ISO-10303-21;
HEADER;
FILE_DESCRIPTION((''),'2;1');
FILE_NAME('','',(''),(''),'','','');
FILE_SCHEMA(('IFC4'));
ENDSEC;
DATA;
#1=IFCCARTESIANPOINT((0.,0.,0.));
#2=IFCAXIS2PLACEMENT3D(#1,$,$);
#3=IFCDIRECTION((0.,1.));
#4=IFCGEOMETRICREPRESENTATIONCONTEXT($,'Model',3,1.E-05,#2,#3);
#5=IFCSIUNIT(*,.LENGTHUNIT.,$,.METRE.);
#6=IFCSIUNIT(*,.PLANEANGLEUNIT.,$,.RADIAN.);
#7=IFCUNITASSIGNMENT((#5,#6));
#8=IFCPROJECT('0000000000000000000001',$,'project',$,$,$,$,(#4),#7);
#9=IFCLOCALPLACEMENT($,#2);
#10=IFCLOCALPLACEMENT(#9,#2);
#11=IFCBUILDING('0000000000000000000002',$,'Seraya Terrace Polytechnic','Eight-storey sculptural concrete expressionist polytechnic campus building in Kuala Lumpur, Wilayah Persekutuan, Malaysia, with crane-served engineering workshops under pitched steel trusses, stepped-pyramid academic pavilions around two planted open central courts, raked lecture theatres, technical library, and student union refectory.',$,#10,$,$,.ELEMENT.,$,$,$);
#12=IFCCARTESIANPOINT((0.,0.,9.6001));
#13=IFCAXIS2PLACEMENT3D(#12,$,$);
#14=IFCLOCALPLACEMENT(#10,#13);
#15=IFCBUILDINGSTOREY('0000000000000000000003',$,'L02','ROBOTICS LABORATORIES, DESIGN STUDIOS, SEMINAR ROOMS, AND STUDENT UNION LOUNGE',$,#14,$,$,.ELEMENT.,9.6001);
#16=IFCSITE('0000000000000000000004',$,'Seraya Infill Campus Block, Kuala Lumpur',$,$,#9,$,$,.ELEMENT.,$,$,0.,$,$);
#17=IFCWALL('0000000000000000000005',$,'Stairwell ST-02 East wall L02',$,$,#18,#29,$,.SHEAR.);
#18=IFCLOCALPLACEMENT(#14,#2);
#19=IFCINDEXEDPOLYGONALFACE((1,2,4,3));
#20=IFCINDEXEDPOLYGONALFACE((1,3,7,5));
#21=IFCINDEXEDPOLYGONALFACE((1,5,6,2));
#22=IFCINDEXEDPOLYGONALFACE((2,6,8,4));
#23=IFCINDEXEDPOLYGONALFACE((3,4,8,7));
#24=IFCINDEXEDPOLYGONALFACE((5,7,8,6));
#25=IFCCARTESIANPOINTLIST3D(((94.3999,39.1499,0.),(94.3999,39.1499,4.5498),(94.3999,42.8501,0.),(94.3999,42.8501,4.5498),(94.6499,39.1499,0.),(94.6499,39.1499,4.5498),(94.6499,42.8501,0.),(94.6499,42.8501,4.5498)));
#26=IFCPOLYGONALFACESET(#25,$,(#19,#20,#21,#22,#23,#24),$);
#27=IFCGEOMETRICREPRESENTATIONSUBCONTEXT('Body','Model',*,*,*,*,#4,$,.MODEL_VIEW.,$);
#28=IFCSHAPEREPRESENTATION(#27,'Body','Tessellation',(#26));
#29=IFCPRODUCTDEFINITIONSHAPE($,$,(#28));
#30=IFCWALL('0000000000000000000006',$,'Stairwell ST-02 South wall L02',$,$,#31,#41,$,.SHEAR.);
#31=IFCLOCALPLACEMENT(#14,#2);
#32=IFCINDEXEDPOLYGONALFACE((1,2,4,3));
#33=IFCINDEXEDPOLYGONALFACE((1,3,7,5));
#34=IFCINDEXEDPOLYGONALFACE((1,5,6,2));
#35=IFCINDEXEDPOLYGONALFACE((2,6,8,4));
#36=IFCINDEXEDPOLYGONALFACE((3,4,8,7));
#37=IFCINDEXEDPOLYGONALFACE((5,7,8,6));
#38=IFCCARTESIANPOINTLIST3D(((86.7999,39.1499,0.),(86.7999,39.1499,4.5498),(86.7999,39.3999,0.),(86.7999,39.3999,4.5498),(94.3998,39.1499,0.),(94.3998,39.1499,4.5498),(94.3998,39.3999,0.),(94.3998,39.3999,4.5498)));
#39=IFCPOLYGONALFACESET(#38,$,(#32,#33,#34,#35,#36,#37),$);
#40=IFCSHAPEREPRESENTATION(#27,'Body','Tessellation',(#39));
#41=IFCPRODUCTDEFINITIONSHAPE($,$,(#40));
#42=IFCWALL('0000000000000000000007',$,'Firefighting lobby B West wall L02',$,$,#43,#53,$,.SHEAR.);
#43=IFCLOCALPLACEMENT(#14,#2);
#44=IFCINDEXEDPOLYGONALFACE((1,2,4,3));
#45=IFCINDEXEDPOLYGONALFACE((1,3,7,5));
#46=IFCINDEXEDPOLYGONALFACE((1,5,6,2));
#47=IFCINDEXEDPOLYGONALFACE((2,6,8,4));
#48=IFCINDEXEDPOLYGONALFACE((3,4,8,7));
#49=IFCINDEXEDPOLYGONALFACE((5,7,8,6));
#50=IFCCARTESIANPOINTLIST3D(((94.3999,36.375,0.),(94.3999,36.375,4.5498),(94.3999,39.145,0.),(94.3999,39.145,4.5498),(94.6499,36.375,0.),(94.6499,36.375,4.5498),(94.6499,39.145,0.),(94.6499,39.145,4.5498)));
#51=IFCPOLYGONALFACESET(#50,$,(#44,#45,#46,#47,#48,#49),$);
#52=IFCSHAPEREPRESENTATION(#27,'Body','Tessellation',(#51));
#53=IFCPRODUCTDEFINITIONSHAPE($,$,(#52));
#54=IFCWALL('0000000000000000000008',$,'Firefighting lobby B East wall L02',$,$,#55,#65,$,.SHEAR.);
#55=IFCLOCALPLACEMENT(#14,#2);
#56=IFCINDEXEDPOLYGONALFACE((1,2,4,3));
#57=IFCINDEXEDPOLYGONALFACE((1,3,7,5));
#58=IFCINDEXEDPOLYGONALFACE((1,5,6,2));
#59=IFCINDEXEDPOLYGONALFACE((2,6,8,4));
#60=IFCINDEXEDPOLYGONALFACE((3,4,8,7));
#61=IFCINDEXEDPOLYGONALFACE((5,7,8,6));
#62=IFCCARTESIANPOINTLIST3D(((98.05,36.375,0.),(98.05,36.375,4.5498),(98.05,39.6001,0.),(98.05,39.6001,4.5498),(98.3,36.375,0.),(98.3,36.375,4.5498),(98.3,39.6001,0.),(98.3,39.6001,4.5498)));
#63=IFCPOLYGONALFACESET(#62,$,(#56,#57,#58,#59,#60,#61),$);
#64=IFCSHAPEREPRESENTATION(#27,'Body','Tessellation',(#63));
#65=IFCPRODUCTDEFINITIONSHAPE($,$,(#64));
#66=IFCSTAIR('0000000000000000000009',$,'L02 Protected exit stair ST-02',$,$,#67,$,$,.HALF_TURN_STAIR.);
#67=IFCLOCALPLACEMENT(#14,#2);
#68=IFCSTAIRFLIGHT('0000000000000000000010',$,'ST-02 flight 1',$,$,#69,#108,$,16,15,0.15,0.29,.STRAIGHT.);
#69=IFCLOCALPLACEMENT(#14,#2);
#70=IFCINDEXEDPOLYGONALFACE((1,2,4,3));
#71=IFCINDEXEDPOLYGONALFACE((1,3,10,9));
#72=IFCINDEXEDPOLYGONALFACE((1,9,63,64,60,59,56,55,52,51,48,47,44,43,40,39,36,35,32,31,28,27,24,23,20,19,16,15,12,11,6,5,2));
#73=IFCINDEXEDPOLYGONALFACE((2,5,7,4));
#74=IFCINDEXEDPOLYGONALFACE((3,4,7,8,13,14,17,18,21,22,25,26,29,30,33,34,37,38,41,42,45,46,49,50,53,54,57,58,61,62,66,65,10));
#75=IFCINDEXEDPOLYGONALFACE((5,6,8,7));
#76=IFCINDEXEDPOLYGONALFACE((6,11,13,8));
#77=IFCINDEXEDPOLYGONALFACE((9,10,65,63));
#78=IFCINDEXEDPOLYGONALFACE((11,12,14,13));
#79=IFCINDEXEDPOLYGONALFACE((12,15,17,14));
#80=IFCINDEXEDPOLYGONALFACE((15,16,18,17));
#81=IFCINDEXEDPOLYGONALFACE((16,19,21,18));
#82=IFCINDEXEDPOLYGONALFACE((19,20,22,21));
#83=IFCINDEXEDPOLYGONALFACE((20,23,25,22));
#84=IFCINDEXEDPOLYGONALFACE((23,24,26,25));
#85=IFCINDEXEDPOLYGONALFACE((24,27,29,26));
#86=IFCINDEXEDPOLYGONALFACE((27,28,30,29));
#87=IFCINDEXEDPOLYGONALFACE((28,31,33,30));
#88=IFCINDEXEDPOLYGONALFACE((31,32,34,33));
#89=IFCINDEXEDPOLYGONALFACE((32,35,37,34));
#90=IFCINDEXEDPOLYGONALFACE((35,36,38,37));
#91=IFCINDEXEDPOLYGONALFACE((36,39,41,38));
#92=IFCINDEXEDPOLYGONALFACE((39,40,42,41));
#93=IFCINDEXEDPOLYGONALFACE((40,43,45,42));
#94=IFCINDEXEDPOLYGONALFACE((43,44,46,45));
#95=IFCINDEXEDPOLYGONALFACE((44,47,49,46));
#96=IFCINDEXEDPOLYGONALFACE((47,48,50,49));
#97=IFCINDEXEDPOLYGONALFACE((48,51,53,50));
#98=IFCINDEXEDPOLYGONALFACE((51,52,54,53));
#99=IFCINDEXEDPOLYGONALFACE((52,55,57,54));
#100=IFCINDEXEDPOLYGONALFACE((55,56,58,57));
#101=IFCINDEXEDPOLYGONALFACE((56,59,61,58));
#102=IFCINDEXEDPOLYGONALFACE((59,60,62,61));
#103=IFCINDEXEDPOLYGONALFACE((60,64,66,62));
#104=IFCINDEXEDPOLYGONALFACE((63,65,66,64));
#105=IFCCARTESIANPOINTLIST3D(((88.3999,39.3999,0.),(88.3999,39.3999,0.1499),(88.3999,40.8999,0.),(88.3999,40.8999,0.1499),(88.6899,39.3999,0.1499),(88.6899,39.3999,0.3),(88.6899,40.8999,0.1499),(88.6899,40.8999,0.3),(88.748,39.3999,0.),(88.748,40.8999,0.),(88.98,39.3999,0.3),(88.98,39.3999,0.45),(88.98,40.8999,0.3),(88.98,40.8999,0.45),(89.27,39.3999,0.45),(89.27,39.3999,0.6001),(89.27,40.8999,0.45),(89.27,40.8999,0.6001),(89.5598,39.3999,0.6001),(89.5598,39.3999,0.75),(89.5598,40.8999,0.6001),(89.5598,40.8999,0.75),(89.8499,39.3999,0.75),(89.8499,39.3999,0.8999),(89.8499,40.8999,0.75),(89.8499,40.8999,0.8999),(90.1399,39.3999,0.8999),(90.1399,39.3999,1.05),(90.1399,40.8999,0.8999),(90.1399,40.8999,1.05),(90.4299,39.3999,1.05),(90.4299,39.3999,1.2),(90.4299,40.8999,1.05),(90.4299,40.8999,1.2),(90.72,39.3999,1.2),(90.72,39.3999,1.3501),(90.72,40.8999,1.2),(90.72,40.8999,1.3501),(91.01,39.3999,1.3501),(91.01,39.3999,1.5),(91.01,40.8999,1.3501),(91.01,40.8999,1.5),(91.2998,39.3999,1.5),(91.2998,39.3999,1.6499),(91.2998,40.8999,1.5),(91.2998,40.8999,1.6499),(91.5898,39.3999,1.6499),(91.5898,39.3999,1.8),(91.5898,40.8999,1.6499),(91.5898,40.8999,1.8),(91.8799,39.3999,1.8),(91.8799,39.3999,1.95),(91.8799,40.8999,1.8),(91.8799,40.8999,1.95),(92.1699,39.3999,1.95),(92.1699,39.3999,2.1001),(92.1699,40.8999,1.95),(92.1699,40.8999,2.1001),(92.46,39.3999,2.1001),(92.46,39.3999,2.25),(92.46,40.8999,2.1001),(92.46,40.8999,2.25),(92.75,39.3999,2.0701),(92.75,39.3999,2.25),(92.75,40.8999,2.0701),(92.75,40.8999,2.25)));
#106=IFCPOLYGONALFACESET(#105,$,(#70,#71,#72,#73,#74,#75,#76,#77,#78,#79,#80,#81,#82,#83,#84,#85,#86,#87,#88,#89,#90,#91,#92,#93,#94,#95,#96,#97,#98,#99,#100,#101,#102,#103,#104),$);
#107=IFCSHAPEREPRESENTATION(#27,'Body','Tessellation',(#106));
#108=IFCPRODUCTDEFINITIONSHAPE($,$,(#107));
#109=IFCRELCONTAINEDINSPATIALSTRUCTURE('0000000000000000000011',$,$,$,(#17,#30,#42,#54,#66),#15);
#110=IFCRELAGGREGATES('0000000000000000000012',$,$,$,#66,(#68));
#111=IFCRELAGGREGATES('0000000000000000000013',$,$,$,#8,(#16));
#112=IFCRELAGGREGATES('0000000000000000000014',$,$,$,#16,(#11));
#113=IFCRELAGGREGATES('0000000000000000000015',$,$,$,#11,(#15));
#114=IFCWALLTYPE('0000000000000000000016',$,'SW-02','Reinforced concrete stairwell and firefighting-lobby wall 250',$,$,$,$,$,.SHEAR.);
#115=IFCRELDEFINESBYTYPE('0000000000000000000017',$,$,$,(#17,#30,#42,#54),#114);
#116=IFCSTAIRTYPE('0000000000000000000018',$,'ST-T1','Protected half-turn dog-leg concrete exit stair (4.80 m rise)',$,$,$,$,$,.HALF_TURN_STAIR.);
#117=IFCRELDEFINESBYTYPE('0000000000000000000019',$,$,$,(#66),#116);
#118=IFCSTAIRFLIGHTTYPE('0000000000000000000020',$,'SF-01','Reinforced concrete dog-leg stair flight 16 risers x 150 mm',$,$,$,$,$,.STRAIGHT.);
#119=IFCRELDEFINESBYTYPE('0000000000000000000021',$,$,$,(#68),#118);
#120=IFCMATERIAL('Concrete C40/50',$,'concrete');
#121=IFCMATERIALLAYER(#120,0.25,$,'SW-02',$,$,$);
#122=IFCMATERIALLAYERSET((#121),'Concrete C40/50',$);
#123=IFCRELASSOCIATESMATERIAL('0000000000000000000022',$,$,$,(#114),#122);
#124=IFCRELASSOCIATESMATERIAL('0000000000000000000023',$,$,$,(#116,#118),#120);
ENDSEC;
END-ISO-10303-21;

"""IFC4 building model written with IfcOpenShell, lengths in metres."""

from ifc_helpers import new_model, si_unit, direction, frame, frame_2d, origin, place, context, subcontext, project, spatial, polyline, rectangle, outline, extrude, material, layer, layer_set, type_object, element, aggregate, save


model = new_model("IFC4")

# Units and contexts
model_context = context("Model", 3, precision=1e-05, world=origin(), true_north=direction((0.0, 1.0)))
body_context = subcontext(model_context, "Body", "Model", "MODEL_VIEW")
ifc_project = project(units=[si_unit("LENGTHUNIT", "METRE"), si_unit("PLANEANGLEUNIT", "RADIAN")], contexts=[model_context])

# Site, building, storey
site_placement = place(None, origin())
site = spatial("IfcSite", under=ifc_project, at=site_placement, Name="Seraya Infill Campus Block, Kuala Lumpur", CompositionType="ELEMENT", RefElevation=0.0)
building_placement = place(site_placement, origin())
building = spatial("IfcBuilding", under=site, at=building_placement, Name="Seraya Terrace Polytechnic", Description="Eight-storey sculptural concrete expressionist polytechnic campus building in Kuala Lumpur, Wilayah Persekutuan, Malaysia, with crane-served engineering workshops under pitched steel trusses, stepped-pyramid academic pavilions around two planted open central courts, raked lecture theatres, technical library, and student union refectory.", CompositionType="ELEMENT")
storey_placement = place(building_placement, frame((0.0, 0.0, 9.6001)))
storey = spatial("IfcBuildingStorey", under=building, at=storey_placement, Name="L02", Description="ROBOTICS LABORATORIES, DESIGN STUDIOS, SEMINAR ROOMS, AND STUDENT UNION LOUNGE", CompositionType="ELEMENT", Elevation=9.6001)

# Shared definitions
ifc_material_1 = material(Name="Concrete C40/50", Category="concrete")

# Walls
ifc_layer_1 = layer(ifc_material_1, 0.25, Name="SW-02")
ifc_layer_set_1 = layer_set([ifc_layer_1], Name="Concrete C40/50")
wall_type_1 = type_object("IfcWallType", Name="SW-02", Description="Reinforced concrete stairwell and firefighting-lobby wall 250", PredefinedType="SHEAR", material=ifc_layer_set_1)
wall_1_placement = place(storey_placement, frame((94.5249, 39.1499, 0.0), z_axis=(0.0, 0.0, 1.0), x_axis=(0.0, 1.0, 0.0)))
element("IfcWall", 1, at=wall_1_placement, inside=storey, type_object=wall_type_1, Name="Stairwell ST-02 East wall L02", PredefinedType="SHEAR", context=body_context, shape_type="SweptSolid", body=[
    extrude(rectangle(XDim=3.7002, YDim=0.25, at=frame_2d((1.8501, 0.0))), origin(), (0.0, 0.0, 1.0), 4.5498),
])
wall_2_placement = place(storey_placement, frame((86.8, 39.2749, 0.0), z_axis=(0.0, 0.0, 1.0), x_axis=(1.0, 0.0, 0.0)))
element("IfcWall", 2, at=wall_2_placement, inside=storey, type_object=wall_type_1, Name="Stairwell ST-02 South wall L02", PredefinedType="SHEAR", context=body_context, shape_type="SweptSolid", body=[
    extrude(rectangle(XDim=7.5999, YDim=0.25, at=frame_2d((3.7998, 0.0))), origin(), (0.0, 0.0, 1.0), 4.5498),
])

# Walls
wall_3_placement = place(storey_placement, frame((94.5249, 36.375, 0.0), z_axis=(0.0, 0.0, 1.0), x_axis=(0.0, 1.0, 0.0)))
element("IfcWall", 3, at=wall_3_placement, inside=storey, type_object=wall_type_1, Name="Firefighting lobby B West wall L02", PredefinedType="SHEAR", context=body_context, shape_type="SweptSolid", body=[
    extrude(rectangle(XDim=2.77, YDim=0.25, at=frame_2d((1.385, 0.0))), origin(), (0.0, 0.0, 1.0), 4.5498),
])
wall_4_placement = place(storey_placement, frame((98.175, 36.375, 0.0), z_axis=(0.0, 0.0, 1.0), x_axis=(0.0, 1.0, 0.0)))
element("IfcWall", 4, at=wall_4_placement, inside=storey, type_object=wall_type_1, Name="Firefighting lobby B East wall L02", PredefinedType="SHEAR", context=body_context, shape_type="SweptSolid", body=[
    extrude(rectangle(XDim=3.2251, YDim=0.25, at=frame_2d((1.6125, 0.0))), origin(), (0.0, 0.0, 1.0), 4.5498),
])

# Stair, stair flight
stair_type = type_object("IfcStairType", Name="ST-T1", Description="Protected half-turn dog-leg concrete exit stair (4.80 m rise)", PredefinedType="HALF_TURN_STAIR", material=ifc_material_1)
stair_placement = place(storey_placement, origin())
stair = element("IfcStair", 5, at=stair_placement, inside=storey, type_object=stair_type, Name="L02 Protected exit stair ST-02", PredefinedType="HALF_TURN_STAIR")
stair_flight_type = type_object("IfcStairFlightType", Name="SF-01", Description="Reinforced concrete dog-leg stair flight 16 risers x 150 mm", PredefinedType="STRAIGHT", material=ifc_material_1)
stair_flight_placement = place(storey_placement, frame((88.3999, 40.1499, 0.0), z_axis=(0.0, 0.0, 1.0), x_axis=(1.0, 0.0, 0.0)))
stair_flight = element("IfcStairFlight", 6, at=stair_flight_placement, type_object=stair_flight_type, Name="ST-02 flight 1", NumberOfRisers=16, NumberOfTreads=15, PredefinedType="STRAIGHT", RiserHeight=0.15, TreadLength=0.29, context=body_context, shape_type="SweptSolid", body=[
    extrude(outline(polyline([(0.0, 0.0), (0.0, 0.1499), (0.29, 0.1499), (0.29, 0.3), (0.5801, 0.3), (0.5801, 0.45), (0.8701, 0.45), (0.8701, 0.6001), (1.1599, 0.6001), (1.1599, 0.75), (1.45, 0.75), (1.45, 0.8999), (1.74, 0.8999), (1.74, 1.05), (2.03, 1.05), (2.03, 1.2), (2.3201, 1.2), (2.3201, 1.3501), (2.6101, 1.3501), (2.6101, 1.5), (2.8999, 1.5), (2.8999, 1.6499), (3.1899, 1.6499), (3.1899, 1.8), (3.48, 1.8), (3.48, 1.95), (3.77, 1.95), (3.77, 2.1001), (4.0601, 2.1001), (4.0601, 2.25), (4.3501, 2.25), (4.3501, 2.3999), (4.3501, 2.0701), (0.3481, 0.0), (0.0, 0.0)])), frame((0.0, 0.75, 0.0), z_axis=(0.0, -1.0, 0.0), x_axis=(1.0, 0.0, 0.0)), (0.0, 0.0, 1.0), 1.5),
])
aggregate(stair, [stair_flight])

save(model, "model.ifc")
